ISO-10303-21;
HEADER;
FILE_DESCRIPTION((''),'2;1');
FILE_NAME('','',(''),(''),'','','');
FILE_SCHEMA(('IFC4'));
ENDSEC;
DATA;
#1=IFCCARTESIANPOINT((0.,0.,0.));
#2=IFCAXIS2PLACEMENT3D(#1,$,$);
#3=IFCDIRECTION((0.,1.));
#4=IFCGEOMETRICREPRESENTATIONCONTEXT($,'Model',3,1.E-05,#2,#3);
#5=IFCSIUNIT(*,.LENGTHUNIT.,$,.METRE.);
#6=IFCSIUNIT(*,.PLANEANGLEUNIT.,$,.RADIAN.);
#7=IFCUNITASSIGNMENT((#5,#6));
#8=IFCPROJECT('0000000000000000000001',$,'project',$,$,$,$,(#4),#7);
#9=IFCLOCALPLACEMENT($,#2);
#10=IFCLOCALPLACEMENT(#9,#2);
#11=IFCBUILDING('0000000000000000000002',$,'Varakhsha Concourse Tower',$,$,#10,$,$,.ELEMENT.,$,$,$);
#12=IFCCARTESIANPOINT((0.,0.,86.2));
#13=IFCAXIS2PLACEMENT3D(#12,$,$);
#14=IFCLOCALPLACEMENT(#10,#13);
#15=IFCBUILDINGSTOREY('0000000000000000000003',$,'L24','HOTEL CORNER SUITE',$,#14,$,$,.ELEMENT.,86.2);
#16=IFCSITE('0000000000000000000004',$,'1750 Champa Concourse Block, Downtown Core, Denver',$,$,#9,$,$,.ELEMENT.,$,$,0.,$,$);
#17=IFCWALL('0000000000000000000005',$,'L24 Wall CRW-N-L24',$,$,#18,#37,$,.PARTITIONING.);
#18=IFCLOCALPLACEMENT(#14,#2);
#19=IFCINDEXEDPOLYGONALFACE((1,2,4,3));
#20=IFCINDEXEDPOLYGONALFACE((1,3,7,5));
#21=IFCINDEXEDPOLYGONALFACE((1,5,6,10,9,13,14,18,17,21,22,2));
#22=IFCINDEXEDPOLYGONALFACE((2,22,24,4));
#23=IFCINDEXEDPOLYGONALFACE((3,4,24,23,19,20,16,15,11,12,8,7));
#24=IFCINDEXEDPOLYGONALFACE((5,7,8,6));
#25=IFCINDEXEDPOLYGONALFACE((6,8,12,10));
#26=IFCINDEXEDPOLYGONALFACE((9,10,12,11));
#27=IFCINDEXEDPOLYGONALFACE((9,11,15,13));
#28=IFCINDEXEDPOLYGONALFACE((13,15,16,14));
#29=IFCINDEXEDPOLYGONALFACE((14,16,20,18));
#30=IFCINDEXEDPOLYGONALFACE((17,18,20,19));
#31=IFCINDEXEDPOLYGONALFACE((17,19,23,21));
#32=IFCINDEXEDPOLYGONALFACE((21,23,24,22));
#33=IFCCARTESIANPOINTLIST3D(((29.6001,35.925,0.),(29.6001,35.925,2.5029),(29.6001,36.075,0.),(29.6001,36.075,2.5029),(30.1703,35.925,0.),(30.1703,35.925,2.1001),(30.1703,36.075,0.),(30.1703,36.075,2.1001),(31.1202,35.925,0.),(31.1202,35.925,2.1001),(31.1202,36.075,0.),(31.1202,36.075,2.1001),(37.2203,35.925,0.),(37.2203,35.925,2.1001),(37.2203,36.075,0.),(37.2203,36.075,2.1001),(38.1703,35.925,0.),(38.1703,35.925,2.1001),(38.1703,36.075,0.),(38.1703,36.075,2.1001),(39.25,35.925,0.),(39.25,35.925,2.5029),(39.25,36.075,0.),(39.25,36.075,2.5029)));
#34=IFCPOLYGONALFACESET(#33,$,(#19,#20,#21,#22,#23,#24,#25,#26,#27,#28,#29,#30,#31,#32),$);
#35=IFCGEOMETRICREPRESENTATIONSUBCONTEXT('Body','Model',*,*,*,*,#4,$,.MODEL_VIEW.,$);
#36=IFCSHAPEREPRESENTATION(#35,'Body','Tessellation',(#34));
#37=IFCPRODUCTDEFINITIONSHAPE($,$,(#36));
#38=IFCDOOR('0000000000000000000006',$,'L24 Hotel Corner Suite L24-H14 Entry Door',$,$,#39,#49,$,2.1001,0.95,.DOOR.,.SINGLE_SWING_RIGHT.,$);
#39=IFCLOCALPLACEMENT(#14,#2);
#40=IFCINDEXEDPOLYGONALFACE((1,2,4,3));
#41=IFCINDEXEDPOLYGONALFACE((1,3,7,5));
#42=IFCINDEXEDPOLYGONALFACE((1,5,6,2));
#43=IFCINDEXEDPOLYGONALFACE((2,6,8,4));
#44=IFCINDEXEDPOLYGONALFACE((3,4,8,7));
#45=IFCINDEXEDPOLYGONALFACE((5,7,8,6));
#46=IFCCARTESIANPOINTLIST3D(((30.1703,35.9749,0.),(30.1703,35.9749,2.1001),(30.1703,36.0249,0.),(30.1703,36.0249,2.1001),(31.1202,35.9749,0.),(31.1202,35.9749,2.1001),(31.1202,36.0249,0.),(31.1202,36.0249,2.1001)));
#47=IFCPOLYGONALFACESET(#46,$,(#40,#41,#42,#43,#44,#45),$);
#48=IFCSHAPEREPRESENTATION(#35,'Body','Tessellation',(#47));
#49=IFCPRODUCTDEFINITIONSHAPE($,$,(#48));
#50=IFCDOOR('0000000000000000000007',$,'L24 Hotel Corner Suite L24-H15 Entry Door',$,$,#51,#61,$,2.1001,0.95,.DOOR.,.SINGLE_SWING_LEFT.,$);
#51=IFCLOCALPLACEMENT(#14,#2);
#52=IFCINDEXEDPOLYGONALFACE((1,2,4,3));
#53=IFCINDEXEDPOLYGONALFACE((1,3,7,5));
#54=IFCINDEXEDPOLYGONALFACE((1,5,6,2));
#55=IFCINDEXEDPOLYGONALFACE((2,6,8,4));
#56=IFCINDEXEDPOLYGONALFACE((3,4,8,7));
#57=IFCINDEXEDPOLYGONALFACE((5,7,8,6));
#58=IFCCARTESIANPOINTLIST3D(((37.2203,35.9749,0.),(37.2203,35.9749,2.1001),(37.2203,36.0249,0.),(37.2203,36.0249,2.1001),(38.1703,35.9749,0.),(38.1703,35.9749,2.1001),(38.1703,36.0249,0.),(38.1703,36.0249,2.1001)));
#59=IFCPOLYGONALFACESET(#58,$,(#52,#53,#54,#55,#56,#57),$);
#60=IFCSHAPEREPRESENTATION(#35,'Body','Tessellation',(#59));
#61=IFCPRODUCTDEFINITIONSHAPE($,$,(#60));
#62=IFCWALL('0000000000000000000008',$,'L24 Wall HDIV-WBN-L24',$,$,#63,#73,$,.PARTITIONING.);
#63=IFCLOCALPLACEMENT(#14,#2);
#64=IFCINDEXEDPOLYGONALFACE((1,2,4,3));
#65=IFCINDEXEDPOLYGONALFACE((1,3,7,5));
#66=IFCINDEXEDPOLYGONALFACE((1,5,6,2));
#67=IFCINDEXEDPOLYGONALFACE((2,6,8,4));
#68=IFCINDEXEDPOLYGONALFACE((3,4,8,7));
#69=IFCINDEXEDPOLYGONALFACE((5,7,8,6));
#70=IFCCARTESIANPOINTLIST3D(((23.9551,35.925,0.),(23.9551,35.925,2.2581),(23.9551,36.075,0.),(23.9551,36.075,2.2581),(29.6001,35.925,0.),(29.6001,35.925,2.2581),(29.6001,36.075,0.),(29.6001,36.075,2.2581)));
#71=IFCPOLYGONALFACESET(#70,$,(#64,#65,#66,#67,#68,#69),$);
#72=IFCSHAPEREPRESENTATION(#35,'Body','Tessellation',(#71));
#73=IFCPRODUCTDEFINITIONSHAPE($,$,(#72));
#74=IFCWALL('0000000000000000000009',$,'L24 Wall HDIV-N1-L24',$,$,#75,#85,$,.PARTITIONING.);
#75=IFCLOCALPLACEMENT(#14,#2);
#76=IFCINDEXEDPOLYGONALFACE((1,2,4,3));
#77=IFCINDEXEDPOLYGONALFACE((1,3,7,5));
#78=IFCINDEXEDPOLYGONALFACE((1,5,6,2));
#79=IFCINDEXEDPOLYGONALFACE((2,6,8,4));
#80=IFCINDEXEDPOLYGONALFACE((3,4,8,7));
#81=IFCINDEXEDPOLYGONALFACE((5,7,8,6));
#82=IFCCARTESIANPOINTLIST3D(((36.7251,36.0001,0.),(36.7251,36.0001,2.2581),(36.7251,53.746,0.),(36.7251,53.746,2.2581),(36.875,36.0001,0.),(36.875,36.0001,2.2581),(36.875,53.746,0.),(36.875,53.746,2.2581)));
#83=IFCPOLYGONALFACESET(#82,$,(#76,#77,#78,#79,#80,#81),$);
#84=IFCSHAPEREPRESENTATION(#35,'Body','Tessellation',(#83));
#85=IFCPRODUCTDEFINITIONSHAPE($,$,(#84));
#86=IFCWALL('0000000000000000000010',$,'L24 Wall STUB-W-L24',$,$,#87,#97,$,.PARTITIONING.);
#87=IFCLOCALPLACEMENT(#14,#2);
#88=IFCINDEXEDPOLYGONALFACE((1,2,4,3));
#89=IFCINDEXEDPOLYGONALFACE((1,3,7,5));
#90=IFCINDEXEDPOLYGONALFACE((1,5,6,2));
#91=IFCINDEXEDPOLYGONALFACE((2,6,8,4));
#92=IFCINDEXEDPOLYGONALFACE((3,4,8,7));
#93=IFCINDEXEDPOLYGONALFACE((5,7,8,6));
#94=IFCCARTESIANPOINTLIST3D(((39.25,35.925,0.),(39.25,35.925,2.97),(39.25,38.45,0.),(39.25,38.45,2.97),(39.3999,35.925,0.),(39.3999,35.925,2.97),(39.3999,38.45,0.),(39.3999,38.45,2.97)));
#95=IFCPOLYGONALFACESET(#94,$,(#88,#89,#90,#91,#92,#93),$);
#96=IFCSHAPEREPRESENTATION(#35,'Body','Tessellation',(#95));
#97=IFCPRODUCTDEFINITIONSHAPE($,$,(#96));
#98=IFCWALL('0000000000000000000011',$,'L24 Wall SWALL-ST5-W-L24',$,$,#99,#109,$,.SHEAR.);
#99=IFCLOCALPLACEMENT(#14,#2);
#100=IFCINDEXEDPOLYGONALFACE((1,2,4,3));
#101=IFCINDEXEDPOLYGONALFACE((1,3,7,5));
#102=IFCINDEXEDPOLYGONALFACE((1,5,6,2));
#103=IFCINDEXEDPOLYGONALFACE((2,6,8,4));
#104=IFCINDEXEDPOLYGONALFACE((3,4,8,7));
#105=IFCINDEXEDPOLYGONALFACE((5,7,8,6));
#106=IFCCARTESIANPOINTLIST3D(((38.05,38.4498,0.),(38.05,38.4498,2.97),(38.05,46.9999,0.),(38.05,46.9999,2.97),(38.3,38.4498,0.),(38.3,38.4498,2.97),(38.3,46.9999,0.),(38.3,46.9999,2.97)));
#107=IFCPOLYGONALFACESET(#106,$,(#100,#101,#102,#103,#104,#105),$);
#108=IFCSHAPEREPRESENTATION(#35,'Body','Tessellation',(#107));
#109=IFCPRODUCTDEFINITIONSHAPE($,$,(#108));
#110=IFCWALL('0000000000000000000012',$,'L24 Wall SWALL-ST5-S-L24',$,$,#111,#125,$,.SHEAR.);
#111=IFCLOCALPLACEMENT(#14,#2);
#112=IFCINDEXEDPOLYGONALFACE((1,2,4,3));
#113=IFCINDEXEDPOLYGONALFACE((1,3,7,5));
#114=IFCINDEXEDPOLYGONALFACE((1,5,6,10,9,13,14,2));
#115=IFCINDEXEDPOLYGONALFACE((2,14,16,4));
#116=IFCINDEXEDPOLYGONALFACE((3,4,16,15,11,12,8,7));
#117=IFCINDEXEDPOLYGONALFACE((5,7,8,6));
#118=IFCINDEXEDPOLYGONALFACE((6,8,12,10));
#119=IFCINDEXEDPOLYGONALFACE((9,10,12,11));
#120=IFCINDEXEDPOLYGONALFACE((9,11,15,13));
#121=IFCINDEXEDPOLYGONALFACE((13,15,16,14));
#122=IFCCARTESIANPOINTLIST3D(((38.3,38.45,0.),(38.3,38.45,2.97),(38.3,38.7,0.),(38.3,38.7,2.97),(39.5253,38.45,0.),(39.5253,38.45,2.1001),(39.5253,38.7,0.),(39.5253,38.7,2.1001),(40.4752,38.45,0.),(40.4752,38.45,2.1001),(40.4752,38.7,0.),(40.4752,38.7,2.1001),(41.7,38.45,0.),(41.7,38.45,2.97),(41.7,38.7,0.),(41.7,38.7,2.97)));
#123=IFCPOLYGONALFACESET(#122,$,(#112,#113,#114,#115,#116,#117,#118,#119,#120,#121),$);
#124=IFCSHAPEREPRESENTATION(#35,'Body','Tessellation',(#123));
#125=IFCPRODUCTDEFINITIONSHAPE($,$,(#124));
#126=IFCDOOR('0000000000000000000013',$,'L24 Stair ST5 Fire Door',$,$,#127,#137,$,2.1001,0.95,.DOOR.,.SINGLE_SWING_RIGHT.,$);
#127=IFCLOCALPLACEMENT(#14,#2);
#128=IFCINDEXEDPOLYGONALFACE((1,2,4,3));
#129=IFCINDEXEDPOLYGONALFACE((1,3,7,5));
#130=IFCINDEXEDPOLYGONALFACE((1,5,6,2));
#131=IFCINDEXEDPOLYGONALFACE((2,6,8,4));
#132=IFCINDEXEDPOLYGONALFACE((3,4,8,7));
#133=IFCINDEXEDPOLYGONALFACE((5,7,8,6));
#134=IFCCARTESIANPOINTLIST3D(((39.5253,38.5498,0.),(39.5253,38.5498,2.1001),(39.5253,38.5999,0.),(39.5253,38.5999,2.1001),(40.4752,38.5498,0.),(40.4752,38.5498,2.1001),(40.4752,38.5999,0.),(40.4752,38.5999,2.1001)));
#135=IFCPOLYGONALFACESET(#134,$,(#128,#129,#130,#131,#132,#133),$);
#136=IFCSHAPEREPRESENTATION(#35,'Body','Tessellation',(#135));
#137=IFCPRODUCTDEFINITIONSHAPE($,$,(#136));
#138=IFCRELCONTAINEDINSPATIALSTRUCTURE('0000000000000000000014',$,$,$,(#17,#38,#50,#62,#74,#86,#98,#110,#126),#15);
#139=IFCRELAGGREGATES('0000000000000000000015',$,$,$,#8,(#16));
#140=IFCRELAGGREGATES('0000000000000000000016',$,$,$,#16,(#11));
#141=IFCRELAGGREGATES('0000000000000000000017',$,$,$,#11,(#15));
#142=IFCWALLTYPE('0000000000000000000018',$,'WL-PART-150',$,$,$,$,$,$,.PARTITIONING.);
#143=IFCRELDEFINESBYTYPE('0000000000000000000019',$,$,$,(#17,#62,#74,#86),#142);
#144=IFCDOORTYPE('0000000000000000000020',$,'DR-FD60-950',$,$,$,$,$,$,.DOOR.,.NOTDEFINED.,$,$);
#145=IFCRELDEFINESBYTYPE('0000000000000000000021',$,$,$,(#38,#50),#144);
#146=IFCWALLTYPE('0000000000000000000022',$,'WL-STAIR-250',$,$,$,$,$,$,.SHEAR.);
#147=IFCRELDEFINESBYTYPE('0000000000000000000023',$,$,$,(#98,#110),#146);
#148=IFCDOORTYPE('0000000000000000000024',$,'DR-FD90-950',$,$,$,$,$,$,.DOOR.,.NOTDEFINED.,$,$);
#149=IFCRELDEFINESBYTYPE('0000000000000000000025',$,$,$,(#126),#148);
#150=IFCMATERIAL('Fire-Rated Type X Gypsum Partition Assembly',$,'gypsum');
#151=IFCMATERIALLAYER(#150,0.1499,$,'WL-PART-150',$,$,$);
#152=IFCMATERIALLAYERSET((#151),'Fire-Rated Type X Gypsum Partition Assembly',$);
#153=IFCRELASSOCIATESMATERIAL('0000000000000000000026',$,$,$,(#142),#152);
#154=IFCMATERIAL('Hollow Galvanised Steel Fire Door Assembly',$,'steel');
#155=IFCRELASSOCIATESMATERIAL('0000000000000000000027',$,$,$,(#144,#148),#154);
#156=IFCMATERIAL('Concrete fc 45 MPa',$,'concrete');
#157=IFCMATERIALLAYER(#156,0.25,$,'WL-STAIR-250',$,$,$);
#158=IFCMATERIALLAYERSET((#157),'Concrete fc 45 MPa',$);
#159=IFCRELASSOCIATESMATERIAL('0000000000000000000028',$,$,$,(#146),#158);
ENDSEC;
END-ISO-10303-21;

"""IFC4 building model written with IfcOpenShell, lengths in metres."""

from ifc_helpers import new_model, si_unit, direction, frame, frame_2d, origin, place, context, subcontext, project, spatial, rectangle, extrude, material, layer, layer_set, type_object, element, fill, save


model = new_model("IFC4")

# Units and contexts
model_context = context("Model", 3, precision=1e-05, world=origin(), true_north=direction((0.0, 1.0)))
body_context = subcontext(model_context, "Body", "Model", "MODEL_VIEW")
ifc_project = project(units=[si_unit("LENGTHUNIT", "METRE"), si_unit("PLANEANGLEUNIT", "RADIAN")], contexts=[model_context])

# Site, building, storey
site_placement = place(None, origin())
site = spatial("IfcSite", under=ifc_project, at=site_placement, Name="1750 Champa Concourse Block, Downtown Core, Denver", CompositionType="ELEMENT", RefElevation=0.0)
building_placement = place(site_placement, origin())
building = spatial("IfcBuilding", under=site, at=building_placement, Name="Varakhsha Concourse Tower", CompositionType="ELEMENT")
storey_placement = place(building_placement, frame((0.0, 0.0, 86.2)))
storey = spatial("IfcBuildingStorey", under=building, at=storey_placement, Name="L24", Description="HOTEL CORNER SUITE", CompositionType="ELEMENT", Elevation=86.2)

# Wall, openings, doors
ifc_material_1 = material(Name="Fire-Rated Type X Gypsum Partition Assembly", Category="gypsum")
ifc_layer_1 = layer(ifc_material_1, 0.1499, Name="WL-PART-150")
ifc_layer_set_1 = layer_set([ifc_layer_1], Name="Fire-Rated Type X Gypsum Partition Assembly")
wall_type_1 = type_object("IfcWallType", Name="WL-PART-150", PredefinedType="PARTITIONING", material=ifc_layer_set_1)
ifc_material_2 = material(Name="Hollow Galvanised Steel Fire Door Assembly", Category="steel")
wall_1_placement = place(storey_placement, frame((29.6001, 36.0, 0.0), z_axis=(0.0, 0.0, 1.0), x_axis=(1.0, 0.0, 0.0)))
wall_1 = element("IfcWall", 1, at=wall_1_placement, inside=storey, type_object=wall_type_1, Name="L24 Wall CRW-N-L24", PredefinedType="PARTITIONING", context=body_context, shape_type="SweptSolid", body=[
    extrude(rectangle(XDim=9.6499, YDim=0.1499, at=frame_2d((4.825, 0.0))), origin(), (0.0, 0.0, 1.0), 2.5029),
])
opening_1_placement = place(wall_1_placement, frame((0.5701, 0.0, 0.0)))
opening_1 = element("IfcOpeningElement", 2, at=opening_1_placement, cuts=wall_1, PredefinedType="OPENING", context=body_context, shape_type="SweptSolid", body=[
    extrude(rectangle(XDim=0.95, YDim=2.1001, at=frame_2d((0.4751, 1.05))), frame((0.0, 0.085, 0.0), z_axis=(0.0, -1.0, 0.0), x_axis=(1.0, 0.0, 0.0)), (0.0, 0.0, 1.0), 0.1699),
])
opening_2_placement = place(wall_1_placement, frame((7.6201, 0.0, 0.0)))
opening_2 = element("IfcOpeningElement", 3, at=opening_2_placement, cuts=wall_1, PredefinedType="OPENING", context=body_context, shape_type="SweptSolid", body=[
    extrude(rectangle(XDim=0.95, YDim=2.1001, at=frame_2d((0.4751, 1.05))), frame((0.0, 0.085, 0.0), z_axis=(0.0, -1.0, 0.0), x_axis=(1.0, 0.0, 0.0)), (0.0, 0.0, 1.0), 0.1699),
])
door_type_1 = type_object("IfcDoorType", Name="DR-FD60-950", OperationType="NOTDEFINED", PredefinedType="DOOR", material=ifc_material_2)
door_1_placement = place(opening_1_placement, origin())
door_1 = element("IfcDoor", 4, at=door_1_placement, inside=storey, type_object=door_type_1, Name="L24 Hotel Corner Suite L24-H14 Entry Door", OperationType="SINGLE_SWING_RIGHT", OverallHeight=2.1001, OverallWidth=0.95, PredefinedType="DOOR", context=body_context, shape_type="SweptSolid", body=[
    extrude(rectangle(XDim=0.95, YDim=2.1001, at=frame_2d((0.4751, 1.05))), frame((0.0, 0.0249, 0.0), z_axis=(0.0, -1.0, 0.0), x_axis=(1.0, 0.0, 0.0)), (0.0, 0.0, 1.0), 0.05),
])
fill(opening_1, door_1)
door_2_placement = place(opening_2_placement, origin())
door_2 = element("IfcDoor", 5, at=door_2_placement, inside=storey, type_object=door_type_1, Name="L24 Hotel Corner Suite L24-H15 Entry Door", OperationType="SINGLE_SWING_LEFT", OverallHeight=2.1001, OverallWidth=0.95, PredefinedType="DOOR", context=body_context, shape_type="SweptSolid", body=[
    extrude(rectangle(XDim=0.95, YDim=2.1001, at=frame_2d((0.4751, 1.05))), frame((0.0, 0.0249, 0.0), z_axis=(0.0, -1.0, 0.0), x_axis=(1.0, 0.0, 0.0)), (0.0, 0.0, 1.0), 0.05),
])
fill(opening_2, door_2)

# Walls
wall_2_placement = place(storey_placement, frame((23.9551, 36.0, 0.0), z_axis=(0.0, 0.0, 1.0), x_axis=(1.0, 0.0, 0.0)))
element("IfcWall", 6, at=wall_2_placement, inside=storey, type_object=wall_type_1, Name="L24 Wall HDIV-WBN-L24", PredefinedType="PARTITIONING", context=body_context, shape_type="SweptSolid", body=[
    extrude(rectangle(XDim=5.645, YDim=0.1499, at=frame_2d((2.8225, 0.0))), origin(), (0.0, 0.0, 1.0), 2.2581),
])
wall_3_placement = place(storey_placement, frame((36.8, 36.0, 0.0), z_axis=(0.0, 0.0, 1.0), x_axis=(0.0, 1.0, 0.0)))
element("IfcWall", 7, at=wall_3_placement, inside=storey, type_object=wall_type_1, Name="L24 Wall HDIV-N1-L24", PredefinedType="PARTITIONING", context=body_context, shape_type="SweptSolid", body=[
    extrude(rectangle(XDim=17.7458, YDim=0.1499, at=frame_2d((8.873, 0.0))), origin(), (0.0, 0.0, 1.0), 2.2581),
])
wall_4_placement = place(storey_placement, frame((39.325, 35.925, 0.0), z_axis=(0.0, 0.0, 1.0), x_axis=(0.0, 1.0, 0.0)))
element("IfcWall", 8, at=wall_4_placement, inside=storey, type_object=wall_type_1, Name="L24 Wall STUB-W-L24", PredefinedType="PARTITIONING", context=body_context, shape_type="SweptSolid", body=[
    extrude(rectangle(XDim=2.5249, YDim=0.1499, at=frame_2d((1.2625, 0.0))), origin(), (0.0, 0.0, 1.0), 2.97),
])
ifc_material_3 = material(Name="Concrete fc 45 MPa", Category="concrete")
ifc_layer_2 = layer(ifc_material_3, 0.25, Name="WL-STAIR-250")
ifc_layer_set_2 = layer_set([ifc_layer_2], Name="Concrete fc 45 MPa")
wall_type_2 = type_object("IfcWallType", Name="WL-STAIR-250", PredefinedType="SHEAR", material=ifc_layer_set_2)
wall_5_placement = place(storey_placement, frame((38.175, 38.45, 0.0), z_axis=(0.0, 0.0, 1.0), x_axis=(0.0, 1.0, 0.0)))
element("IfcWall", 9, at=wall_5_placement, inside=storey, type_object=wall_type_2, Name="L24 Wall SWALL-ST5-W-L24", PredefinedType="SHEAR", context=body_context, shape_type="SweptSolid", body=[
    extrude(rectangle(XDim=8.55, YDim=0.25, at=frame_2d((4.2749, 0.0))), origin(), (0.0, 0.0, 1.0), 2.97),
])

# Wall, opening, door
wall_6_placement = place(storey_placement, frame((38.3, 38.575, 0.0), z_axis=(0.0, 0.0, 1.0), x_axis=(1.0, 0.0, 0.0)))
wall_6 = element("IfcWall", 10, at=wall_6_placement, inside=storey, type_object=wall_type_2, Name="L24 Wall SWALL-ST5-S-L24", PredefinedType="SHEAR", context=body_context, shape_type="SweptSolid", body=[
    extrude(rectangle(XDim=3.3999, YDim=0.25, at=frame_2d((1.7, 0.0))), origin(), (0.0, 0.0, 1.0), 2.97),
])
opening_3_placement = place(wall_6_placement, frame((1.2251, 0.0, 0.0)))
opening_3 = element("IfcOpeningElement", 11, at=opening_3_placement, cuts=wall_6, PredefinedType="OPENING", context=body_context, shape_type="SweptSolid", body=[
    extrude(rectangle(XDim=0.95, YDim=2.1001, at=frame_2d((0.4751, 1.05))), frame((0.0, 0.135, 0.0), z_axis=(0.0, -1.0, 0.0), x_axis=(1.0, 0.0, 0.0)), (0.0, 0.0, 1.0), 0.27),
])
door_type_2 = type_object("IfcDoorType", Name="DR-FD90-950", OperationType="NOTDEFINED", PredefinedType="DOOR", material=ifc_material_2)
door_3_placement = place(opening_3_placement, origin())
door_3 = element("IfcDoor", 12, at=door_3_placement, inside=storey, type_object=door_type_2, Name="L24 Stair ST5 Fire Door", OperationType="SINGLE_SWING_RIGHT", OverallHeight=2.1001, OverallWidth=0.95, PredefinedType="DOOR", context=body_context, shape_type="SweptSolid", body=[
    extrude(rectangle(XDim=0.95, YDim=2.1001, at=frame_2d((0.4751, 1.05))), frame((0.0, 0.0249, 0.0), z_axis=(0.0, -1.0, 0.0), x_axis=(1.0, 0.0, 0.0)), (0.0, 0.0, 1.0), 0.05),
])
fill(opening_3, door_3)

save(model, "model.ifc")
